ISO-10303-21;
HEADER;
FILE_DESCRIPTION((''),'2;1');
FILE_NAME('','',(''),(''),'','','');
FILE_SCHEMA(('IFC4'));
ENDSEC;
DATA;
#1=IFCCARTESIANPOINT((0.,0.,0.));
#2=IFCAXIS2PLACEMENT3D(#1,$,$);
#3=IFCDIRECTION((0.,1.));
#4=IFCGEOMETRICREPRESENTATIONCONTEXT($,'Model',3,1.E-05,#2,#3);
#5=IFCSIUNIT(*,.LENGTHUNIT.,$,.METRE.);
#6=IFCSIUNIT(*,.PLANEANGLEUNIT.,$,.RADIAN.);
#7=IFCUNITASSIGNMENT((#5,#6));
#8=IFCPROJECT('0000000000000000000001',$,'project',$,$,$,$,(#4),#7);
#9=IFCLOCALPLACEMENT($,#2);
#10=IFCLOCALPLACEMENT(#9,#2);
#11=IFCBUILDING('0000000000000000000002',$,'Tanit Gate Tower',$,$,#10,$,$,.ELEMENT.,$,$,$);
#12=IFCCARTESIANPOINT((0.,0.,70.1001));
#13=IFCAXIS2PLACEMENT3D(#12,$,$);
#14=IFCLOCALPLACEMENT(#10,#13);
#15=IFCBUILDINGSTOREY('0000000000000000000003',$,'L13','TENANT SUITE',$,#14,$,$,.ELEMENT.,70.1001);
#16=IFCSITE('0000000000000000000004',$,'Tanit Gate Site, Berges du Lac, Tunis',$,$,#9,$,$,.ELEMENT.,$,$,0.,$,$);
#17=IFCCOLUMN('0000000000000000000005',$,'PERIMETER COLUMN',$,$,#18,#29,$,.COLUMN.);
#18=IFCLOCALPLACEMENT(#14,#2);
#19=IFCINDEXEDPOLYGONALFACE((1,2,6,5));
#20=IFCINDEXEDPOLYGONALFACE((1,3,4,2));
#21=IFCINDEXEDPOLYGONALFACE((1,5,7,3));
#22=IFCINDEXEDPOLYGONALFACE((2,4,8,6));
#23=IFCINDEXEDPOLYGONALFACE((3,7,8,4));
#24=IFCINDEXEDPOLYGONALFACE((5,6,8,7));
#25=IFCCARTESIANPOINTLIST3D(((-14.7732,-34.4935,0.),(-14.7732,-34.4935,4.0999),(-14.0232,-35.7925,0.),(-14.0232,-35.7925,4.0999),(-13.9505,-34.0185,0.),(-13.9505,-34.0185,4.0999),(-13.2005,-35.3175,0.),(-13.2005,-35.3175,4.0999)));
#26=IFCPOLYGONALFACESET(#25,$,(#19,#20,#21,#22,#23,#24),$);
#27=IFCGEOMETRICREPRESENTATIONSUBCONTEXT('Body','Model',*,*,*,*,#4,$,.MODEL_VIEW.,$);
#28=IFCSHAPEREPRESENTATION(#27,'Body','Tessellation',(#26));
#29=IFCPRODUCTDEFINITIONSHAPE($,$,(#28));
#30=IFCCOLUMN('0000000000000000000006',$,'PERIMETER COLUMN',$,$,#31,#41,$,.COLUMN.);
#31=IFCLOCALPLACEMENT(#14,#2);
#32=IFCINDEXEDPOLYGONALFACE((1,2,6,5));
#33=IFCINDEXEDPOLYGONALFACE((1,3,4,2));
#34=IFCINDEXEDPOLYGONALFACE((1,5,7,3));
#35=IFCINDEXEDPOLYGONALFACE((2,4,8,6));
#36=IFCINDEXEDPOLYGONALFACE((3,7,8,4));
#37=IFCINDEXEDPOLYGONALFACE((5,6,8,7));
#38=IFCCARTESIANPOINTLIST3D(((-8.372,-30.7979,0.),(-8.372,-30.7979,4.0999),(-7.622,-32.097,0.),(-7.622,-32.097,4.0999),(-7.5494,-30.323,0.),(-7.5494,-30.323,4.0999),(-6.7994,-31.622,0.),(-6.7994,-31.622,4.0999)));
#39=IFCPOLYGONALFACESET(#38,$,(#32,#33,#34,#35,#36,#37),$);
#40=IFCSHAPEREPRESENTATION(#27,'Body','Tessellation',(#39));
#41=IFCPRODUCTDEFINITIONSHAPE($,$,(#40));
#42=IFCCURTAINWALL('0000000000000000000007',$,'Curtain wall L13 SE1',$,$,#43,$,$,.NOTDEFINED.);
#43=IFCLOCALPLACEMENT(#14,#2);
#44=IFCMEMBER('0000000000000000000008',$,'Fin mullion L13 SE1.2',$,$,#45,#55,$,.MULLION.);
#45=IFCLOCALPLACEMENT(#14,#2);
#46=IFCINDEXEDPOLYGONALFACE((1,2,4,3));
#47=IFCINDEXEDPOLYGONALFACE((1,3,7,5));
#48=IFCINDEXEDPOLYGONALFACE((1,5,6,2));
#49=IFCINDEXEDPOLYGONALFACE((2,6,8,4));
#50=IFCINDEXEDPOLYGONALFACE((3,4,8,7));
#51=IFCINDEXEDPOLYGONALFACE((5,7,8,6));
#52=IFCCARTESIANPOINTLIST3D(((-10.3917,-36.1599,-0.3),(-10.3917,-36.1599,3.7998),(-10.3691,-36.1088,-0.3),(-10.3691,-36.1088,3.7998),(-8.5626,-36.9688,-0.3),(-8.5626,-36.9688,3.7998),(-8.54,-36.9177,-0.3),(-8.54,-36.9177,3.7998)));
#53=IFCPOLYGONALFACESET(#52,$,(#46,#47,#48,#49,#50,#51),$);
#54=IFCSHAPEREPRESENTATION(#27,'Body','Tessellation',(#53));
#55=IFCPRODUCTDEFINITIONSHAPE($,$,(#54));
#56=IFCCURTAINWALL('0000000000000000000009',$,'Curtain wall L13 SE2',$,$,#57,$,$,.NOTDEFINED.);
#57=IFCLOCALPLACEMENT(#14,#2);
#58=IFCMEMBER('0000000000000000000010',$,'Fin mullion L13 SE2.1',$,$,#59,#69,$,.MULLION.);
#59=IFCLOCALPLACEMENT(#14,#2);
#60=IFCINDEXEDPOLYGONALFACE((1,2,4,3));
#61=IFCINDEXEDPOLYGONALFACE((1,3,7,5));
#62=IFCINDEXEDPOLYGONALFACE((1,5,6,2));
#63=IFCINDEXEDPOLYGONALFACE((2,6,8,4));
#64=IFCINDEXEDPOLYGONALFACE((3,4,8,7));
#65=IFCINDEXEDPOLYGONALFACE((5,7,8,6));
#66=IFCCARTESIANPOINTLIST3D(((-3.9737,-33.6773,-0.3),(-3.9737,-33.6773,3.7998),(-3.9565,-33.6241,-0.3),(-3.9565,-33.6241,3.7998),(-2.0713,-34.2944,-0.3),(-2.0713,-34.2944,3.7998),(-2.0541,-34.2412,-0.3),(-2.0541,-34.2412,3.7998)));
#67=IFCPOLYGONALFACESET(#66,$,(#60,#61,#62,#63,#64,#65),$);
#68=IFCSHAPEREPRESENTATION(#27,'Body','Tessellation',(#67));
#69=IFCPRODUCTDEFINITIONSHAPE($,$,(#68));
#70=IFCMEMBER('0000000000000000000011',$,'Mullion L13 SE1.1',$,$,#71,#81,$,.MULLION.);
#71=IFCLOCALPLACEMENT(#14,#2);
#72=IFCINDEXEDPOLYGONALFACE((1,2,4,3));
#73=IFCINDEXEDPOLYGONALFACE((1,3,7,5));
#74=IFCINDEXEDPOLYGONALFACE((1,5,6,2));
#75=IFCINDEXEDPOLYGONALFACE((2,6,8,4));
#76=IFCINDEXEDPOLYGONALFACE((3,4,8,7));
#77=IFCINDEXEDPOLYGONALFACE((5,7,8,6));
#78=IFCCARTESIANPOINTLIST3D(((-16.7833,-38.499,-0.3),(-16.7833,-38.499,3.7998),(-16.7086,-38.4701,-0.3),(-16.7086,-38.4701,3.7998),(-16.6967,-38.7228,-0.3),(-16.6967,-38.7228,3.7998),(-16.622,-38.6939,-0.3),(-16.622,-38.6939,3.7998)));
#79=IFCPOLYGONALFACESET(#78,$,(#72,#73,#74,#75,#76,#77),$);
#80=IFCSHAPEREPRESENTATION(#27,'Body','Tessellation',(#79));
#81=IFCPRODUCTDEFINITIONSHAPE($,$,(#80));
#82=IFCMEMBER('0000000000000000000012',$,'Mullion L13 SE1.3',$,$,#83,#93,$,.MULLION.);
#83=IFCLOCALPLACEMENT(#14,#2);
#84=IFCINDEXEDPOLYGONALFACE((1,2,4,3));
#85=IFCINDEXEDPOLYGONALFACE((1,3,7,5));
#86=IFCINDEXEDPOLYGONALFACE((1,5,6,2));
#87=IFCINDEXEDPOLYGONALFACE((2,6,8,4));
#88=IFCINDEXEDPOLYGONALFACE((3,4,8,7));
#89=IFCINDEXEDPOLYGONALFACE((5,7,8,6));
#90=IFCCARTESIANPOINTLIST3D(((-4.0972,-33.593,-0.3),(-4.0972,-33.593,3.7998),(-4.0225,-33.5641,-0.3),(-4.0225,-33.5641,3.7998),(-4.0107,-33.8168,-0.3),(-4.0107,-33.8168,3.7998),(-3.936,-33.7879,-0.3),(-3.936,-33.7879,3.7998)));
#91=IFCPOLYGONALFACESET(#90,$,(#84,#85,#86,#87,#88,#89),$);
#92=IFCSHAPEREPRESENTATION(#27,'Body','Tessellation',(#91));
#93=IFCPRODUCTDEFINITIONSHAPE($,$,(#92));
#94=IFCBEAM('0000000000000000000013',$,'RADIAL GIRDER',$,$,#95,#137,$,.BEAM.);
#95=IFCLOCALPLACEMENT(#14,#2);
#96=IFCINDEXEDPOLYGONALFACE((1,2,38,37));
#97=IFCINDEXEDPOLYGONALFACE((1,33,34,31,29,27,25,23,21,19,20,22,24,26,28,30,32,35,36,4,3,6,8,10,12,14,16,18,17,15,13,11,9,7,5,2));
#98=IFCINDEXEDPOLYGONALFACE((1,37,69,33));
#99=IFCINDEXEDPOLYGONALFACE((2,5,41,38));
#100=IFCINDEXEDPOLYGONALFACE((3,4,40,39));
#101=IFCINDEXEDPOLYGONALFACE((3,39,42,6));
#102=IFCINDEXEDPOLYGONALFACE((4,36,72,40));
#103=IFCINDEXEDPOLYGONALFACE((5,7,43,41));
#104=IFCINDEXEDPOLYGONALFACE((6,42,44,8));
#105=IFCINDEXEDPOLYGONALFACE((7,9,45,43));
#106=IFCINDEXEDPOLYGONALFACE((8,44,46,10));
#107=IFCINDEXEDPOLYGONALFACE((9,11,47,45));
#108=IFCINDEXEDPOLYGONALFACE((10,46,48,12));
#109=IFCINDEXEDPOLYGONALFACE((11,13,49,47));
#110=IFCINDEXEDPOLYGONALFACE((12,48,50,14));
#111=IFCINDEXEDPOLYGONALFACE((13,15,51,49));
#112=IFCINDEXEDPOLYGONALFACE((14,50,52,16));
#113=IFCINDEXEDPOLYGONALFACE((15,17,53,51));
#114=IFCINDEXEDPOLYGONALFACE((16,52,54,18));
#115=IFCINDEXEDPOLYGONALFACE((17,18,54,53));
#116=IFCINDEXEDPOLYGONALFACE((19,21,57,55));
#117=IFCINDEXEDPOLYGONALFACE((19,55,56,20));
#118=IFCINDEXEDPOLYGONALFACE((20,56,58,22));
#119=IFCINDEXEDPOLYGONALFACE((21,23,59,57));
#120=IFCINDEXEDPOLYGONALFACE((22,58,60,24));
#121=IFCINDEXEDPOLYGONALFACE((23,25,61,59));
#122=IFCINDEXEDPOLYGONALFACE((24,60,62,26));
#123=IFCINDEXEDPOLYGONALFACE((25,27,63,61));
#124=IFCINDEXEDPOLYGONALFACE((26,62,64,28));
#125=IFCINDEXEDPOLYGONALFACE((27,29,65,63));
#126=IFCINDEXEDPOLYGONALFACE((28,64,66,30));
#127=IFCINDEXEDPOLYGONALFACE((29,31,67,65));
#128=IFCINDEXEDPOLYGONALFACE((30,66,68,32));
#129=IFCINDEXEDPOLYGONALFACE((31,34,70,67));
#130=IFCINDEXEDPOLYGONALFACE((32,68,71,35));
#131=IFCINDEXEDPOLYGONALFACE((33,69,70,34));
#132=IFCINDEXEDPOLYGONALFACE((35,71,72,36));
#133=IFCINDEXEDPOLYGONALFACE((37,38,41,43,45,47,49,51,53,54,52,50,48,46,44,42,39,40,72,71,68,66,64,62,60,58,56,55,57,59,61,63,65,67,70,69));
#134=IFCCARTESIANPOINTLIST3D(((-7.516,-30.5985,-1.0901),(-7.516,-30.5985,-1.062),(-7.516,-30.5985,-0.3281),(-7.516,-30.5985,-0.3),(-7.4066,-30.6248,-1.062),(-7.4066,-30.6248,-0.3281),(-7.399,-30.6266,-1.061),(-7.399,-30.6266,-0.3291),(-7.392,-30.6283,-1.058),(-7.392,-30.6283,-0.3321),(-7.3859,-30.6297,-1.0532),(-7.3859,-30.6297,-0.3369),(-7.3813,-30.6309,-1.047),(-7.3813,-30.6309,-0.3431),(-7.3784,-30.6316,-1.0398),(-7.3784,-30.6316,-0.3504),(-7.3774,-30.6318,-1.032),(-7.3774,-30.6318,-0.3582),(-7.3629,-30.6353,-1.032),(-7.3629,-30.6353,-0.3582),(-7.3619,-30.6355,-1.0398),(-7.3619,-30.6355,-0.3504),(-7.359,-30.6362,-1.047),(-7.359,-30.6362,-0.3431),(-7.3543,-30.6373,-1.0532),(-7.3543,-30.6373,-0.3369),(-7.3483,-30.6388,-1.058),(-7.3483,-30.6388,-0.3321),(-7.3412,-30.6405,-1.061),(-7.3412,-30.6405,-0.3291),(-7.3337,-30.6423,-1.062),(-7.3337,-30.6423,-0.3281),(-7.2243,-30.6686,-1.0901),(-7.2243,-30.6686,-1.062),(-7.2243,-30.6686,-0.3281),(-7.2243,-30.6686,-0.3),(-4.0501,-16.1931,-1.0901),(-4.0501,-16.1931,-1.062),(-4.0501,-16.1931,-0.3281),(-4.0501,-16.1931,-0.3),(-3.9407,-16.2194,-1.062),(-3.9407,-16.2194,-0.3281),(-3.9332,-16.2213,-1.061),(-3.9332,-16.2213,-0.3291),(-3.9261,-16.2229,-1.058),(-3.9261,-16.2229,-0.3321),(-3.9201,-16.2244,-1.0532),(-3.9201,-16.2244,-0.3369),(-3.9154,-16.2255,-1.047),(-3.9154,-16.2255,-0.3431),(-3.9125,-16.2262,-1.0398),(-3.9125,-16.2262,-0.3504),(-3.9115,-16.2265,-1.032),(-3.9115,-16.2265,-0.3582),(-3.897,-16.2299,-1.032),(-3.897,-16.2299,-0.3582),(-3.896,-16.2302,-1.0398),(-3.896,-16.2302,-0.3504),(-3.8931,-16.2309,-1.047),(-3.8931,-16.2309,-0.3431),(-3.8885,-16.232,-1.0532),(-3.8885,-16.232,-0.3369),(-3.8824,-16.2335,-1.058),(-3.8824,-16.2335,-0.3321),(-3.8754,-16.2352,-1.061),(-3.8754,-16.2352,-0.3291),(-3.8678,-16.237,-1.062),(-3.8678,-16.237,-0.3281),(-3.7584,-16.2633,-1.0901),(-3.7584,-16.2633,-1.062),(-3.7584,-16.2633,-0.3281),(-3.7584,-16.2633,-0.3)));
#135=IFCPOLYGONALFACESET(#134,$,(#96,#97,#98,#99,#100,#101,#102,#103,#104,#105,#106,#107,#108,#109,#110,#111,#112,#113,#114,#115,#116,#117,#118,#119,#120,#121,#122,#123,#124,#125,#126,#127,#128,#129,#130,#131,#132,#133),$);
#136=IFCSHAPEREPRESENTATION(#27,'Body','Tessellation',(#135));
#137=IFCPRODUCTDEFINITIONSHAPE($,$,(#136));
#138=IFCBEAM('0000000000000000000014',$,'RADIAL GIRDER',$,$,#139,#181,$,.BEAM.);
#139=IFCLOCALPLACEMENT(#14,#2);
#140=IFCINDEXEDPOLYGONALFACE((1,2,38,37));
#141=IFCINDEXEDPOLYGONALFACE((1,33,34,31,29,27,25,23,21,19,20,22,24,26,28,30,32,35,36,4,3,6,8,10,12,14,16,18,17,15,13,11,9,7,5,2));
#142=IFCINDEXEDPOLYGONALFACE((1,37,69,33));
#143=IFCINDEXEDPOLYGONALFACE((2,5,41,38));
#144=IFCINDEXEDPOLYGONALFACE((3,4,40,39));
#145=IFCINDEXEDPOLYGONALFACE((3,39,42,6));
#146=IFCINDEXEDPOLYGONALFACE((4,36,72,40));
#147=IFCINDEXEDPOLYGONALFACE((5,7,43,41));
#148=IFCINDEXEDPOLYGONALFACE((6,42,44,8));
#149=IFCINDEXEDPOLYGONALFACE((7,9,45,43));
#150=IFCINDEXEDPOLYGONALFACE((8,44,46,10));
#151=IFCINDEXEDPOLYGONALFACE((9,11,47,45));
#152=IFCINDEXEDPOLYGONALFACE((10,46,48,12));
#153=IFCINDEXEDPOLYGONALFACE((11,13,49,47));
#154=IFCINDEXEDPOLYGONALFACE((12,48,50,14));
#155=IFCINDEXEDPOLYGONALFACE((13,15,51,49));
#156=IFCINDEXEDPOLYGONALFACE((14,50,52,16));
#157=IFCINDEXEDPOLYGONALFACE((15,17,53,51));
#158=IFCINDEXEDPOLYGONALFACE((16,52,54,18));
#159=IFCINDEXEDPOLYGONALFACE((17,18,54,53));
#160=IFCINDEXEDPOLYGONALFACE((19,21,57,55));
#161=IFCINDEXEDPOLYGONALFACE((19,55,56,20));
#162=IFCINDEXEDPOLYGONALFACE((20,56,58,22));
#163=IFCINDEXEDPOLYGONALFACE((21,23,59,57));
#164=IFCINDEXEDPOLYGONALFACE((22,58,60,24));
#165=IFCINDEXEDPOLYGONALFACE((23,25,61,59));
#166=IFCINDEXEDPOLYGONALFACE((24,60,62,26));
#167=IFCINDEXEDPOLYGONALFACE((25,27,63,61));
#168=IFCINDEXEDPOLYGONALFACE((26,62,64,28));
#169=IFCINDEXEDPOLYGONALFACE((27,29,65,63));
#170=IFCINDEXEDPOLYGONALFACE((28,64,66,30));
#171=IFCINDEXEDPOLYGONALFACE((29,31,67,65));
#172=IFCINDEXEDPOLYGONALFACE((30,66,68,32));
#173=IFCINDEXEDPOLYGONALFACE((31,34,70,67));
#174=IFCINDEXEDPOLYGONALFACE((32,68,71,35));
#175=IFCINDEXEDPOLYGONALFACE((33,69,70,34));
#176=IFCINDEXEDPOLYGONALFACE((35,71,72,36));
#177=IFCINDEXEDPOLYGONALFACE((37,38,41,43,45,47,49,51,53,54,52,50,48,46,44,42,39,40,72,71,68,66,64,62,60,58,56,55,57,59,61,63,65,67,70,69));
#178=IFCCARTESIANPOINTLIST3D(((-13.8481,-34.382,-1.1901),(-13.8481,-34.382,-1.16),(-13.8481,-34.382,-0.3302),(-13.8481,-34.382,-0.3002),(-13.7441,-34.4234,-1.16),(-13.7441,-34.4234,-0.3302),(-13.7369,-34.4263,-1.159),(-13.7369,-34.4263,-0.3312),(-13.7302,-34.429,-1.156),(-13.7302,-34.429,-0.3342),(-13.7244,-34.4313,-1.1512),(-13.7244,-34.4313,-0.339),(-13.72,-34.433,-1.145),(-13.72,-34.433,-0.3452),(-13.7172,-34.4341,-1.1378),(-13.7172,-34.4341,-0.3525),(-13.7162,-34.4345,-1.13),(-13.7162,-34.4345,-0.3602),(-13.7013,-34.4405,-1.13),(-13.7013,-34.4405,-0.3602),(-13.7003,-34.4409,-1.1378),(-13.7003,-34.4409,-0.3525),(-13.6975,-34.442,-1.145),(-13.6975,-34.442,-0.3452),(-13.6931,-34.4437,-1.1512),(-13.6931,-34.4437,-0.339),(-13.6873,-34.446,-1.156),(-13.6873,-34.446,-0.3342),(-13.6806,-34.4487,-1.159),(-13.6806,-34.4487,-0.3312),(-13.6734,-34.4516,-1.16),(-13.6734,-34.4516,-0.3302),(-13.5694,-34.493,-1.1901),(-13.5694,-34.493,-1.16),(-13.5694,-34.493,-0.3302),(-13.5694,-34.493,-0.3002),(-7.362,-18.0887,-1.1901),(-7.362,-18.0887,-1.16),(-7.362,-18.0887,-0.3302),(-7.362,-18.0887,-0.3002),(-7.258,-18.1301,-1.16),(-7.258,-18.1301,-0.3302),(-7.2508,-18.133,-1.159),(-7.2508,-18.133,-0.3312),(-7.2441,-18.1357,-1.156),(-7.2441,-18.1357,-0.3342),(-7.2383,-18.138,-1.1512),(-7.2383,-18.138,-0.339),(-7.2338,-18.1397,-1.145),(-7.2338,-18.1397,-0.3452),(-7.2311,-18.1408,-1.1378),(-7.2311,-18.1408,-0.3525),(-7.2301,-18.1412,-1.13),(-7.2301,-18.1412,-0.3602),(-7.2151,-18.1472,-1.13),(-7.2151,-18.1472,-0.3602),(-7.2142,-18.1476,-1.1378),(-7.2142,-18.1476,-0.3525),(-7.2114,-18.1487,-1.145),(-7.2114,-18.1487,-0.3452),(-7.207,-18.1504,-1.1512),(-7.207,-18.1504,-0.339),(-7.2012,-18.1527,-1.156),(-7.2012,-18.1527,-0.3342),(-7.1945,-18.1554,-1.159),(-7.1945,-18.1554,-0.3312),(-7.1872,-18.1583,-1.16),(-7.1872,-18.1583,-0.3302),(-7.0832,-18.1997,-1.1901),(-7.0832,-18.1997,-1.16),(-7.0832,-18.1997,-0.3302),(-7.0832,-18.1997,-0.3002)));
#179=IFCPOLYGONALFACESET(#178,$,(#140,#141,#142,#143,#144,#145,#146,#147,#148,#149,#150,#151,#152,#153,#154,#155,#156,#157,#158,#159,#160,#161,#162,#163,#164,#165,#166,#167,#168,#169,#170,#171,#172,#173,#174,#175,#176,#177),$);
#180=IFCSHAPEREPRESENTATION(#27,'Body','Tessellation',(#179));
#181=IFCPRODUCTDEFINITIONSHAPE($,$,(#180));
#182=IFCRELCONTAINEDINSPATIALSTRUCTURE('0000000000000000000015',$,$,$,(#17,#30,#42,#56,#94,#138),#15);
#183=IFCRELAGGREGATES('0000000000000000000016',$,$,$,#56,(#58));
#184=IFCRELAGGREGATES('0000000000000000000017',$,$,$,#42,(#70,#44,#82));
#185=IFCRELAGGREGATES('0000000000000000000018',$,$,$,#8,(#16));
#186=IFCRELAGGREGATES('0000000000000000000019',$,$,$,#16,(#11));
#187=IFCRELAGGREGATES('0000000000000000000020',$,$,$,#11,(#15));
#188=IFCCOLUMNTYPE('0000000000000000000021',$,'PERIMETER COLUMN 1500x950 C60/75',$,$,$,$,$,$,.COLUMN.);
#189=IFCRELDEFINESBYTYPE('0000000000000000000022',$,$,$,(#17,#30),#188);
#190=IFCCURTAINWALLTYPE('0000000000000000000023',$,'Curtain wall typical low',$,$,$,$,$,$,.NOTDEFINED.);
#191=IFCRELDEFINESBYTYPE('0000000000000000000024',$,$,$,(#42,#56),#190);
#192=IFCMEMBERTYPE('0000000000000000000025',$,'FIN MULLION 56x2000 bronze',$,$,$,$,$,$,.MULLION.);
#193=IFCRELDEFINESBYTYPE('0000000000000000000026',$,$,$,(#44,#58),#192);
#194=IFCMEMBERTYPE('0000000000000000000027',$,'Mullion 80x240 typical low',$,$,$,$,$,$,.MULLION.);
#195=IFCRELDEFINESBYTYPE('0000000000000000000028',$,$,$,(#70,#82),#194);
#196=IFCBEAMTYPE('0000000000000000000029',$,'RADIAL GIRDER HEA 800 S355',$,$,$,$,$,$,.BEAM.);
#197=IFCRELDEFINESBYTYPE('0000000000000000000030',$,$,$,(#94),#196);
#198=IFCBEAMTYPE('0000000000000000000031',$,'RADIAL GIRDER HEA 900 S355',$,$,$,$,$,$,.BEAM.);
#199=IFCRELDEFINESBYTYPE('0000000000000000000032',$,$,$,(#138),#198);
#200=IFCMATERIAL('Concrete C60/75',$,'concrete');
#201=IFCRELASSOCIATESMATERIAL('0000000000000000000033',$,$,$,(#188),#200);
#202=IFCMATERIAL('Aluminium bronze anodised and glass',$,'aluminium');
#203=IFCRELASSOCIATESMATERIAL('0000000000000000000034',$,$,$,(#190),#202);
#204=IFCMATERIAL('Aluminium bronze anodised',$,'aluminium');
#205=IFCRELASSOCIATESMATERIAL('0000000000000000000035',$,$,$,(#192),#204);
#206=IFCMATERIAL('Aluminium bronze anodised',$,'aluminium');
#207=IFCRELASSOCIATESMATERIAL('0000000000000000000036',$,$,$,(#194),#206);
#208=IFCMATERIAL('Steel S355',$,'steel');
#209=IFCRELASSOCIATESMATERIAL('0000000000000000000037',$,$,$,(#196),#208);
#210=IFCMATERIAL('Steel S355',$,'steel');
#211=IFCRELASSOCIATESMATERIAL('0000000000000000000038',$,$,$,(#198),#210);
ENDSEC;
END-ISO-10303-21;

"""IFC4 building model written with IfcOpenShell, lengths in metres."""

from ifc_helpers import new_model, si_unit, direction, frame, origin, origin_2d, place, context, subcontext, project, spatial, rectangle, i_section, extrude, material, material_profile, profile_set, type_object, element, aggregate, save


model = new_model("IFC4")

# Units and contexts
model_context = context("Model", 3, precision=1e-05, world=origin(), true_north=direction((0.0, 1.0)))
body_context = subcontext(model_context, "Body", "Model", "MODEL_VIEW")
ifc_project = project(units=[si_unit("LENGTHUNIT", "METRE"), si_unit("PLANEANGLEUNIT", "RADIAN")], contexts=[model_context])

# Site, building, storey
site_placement = place(None, origin())
site = spatial("IfcSite", under=ifc_project, at=site_placement, Name="Tanit Gate Site, Berges du Lac, Tunis", CompositionType="ELEMENT", RefElevation=0.0)
building_placement = place(site_placement, origin())
building = spatial("IfcBuilding", under=site, at=building_placement, Name="Tanit Gate Tower", CompositionType="ELEMENT")
storey_placement = place(building_placement, frame((0.0, 0.0, 70.1001)))
storey = spatial("IfcBuildingStorey", under=building, at=storey_placement, Name="L13", Description="TENANT SUITE", CompositionType="ELEMENT", Elevation=70.1001)

# Columns
ifc_material_1 = material(Name="Concrete C60/75", Category="concrete")
ifc_material_profile_1 = material_profile(ifc_material_1, rectangle(XDim=1.5, YDim=0.95, at=origin_2d()), Name="RC 1500x950")
ifc_profile_set_1 = profile_set([ifc_material_profile_1], Name="Concrete C60/75")
column_type = type_object("IfcColumnType", Name="PERIMETER COLUMN 1500x950 C60/75", PredefinedType="COLUMN", material=ifc_profile_set_1)
for number, where, z_axis, x_axis, name in (
    (1, (-13.9868, -34.9055, 0.0), (0.0, 0.0, 1.0), (0.5, -0.866025, 0.0), "PERIMETER COLUMN"),
    (2, (-7.5857, -31.21, 0.0), (0.0, 0.0, 1.0), (0.5, -0.866025, 0.0), "PERIMETER COLUMN"),
):
    element("IfcColumn", number, at=place(storey_placement, frame(where, z_axis=z_axis, x_axis=x_axis)), inside=storey, type_object=column_type, Name=name, PredefinedType="COLUMN", context=body_context, shape_type="SweptSolid", body=[
        extrude(rectangle(XDim=1.5, YDim=0.95, at=origin_2d()), origin(), (0.0, 0.0, 1.0), 4.0999),
    ])

# Curtain walls, members
ifc_material_2 = material(Name="Aluminium bronze anodised and glass", Category="aluminium")
curtain_wall_type = type_object("IfcCurtainWallType", Name="Curtain wall typical low", PredefinedType="NOTDEFINED", material=ifc_material_2)
curtain_wall_1_placement = place(storey_placement, origin())
curtain_wall_1 = element("IfcCurtainWall", 3, at=curtain_wall_1_placement, inside=storey, type_object=curtain_wall_type, Name="Curtain wall L13 SE1", PredefinedType="NOTDEFINED")
ifc_material_3 = material(Name="Aluminium bronze anodised", Category="aluminium")
ifc_material_profile_2 = material_profile(ifc_material_3, rectangle(XDim=2.0, YDim=0.0559, at=origin_2d()), Name="56x2000 bronze fin mullion")
ifc_profile_set_2 = profile_set([ifc_material_profile_2], Name="Aluminium bronze anodised")
member_type_1 = type_object("IfcMemberType", Name="FIN MULLION 56x2000 bronze", PredefinedType="MULLION", material=ifc_profile_set_2)
member_1_placement = place(storey_placement, frame((-9.4658, -36.5388, -0.3), z_axis=(0.0, 0.0, 1.0), x_axis=(-0.91456, 0.404449, 0.0)))
member_1 = element("IfcMember", 4, at=member_1_placement, type_object=member_type_1, Name="Fin mullion L13 SE1.2", PredefinedType="MULLION", context=body_context, shape_type="SweptSolid", body=[
    extrude(rectangle(XDim=2.0, YDim=0.0559, at=origin_2d()), origin(), (0.0, 0.0, 1.0), 4.0999),
])
curtain_wall_2_placement = place(storey_placement, origin())
curtain_wall_2 = element("IfcCurtainWall", 5, at=curtain_wall_2_placement, inside=storey, type_object=curtain_wall_type, Name="Curtain wall L13 SE2", PredefinedType="NOTDEFINED")
member_2_placement = place(storey_placement, frame((-3.0139, -33.9592, -0.3), z_axis=(0.0, 0.0, 1.0), x_axis=(-0.951202, 0.308568, 0.0)))
member_2 = element("IfcMember", 6, at=member_2_placement, type_object=member_type_1, Name="Fin mullion L13 SE2.1", PredefinedType="MULLION", context=body_context, shape_type="SweptSolid", body=[
    extrude(rectangle(XDim=2.0, YDim=0.0559, at=origin_2d()), origin(), (0.0, 0.0, 1.0), 4.0999),
])

# Members
ifc_material_4 = material(Name="Aluminium bronze anodised", Category="aluminium")
ifc_material_profile_3 = material_profile(ifc_material_4, rectangle(XDim=0.24, YDim=0.0801, at=origin_2d()), Name="80x240 bronze mullion")
ifc_profile_set_3 = profile_set([ifc_material_profile_3], Name="Aluminium bronze anodised")
member_type_2 = type_object("IfcMemberType", Name="Mullion 80x240 typical low", PredefinedType="MULLION", material=ifc_profile_set_3)
member_3_placement = place(storey_placement, frame((-16.7026, -38.5964, -0.3), z_axis=(0.0, 0.0, 1.0), x_axis=(-0.360703, 0.932681, 0.0)))
member_3 = element("IfcMember", 7, at=member_3_placement, type_object=member_type_2, Name="Mullion L13 SE1.1", PredefinedType="MULLION", context=body_context, shape_type="SweptSolid", body=[
    extrude(rectangle(XDim=0.24, YDim=0.0801, at=origin_2d()), origin(), (0.0, 0.0, 1.0), 4.0999),
])
member_4_placement = place(storey_placement, frame((-4.0166, -33.6904, -0.3), z_axis=(0.0, 0.0, 1.0), x_axis=(-0.360703, 0.932681, 0.0)))
member_4 = element("IfcMember", 8, at=member_4_placement, type_object=member_type_2, Name="Mullion L13 SE1.3", PredefinedType="MULLION", context=body_context, shape_type="SweptSolid", body=[
    extrude(rectangle(XDim=0.24, YDim=0.0801, at=origin_2d()), origin(), (0.0, 0.0, 1.0), 4.0999),
])

# Beams
ifc_material_5 = material(Name="Steel S355", Category="steel")
ifc_material_profile_4 = material_profile(ifc_material_5, i_section(OverallWidth=0.3, OverallDepth=0.79, WebThickness=0.0149, FlangeThickness=0.0281, FilletRadius=0.03, at=origin_2d()), Name="HEA 800")
ifc_profile_set_4 = profile_set([ifc_material_profile_4], Name="Steel S355")
beam_type_1 = type_object("IfcBeamType", Name="RADIAL GIRDER HEA 800 S355", PredefinedType="BEAM", material=ifc_profile_set_4)
beam_1_placement = place(storey_placement, frame((-7.3701, -30.6335, -0.6951), z_axis=(0.233919, 0.972256, 0.0), x_axis=(-0.972256, 0.233919, 0.0)))
element("IfcBeam", 9, at=beam_1_placement, inside=storey, type_object=beam_type_1, Name="RADIAL GIRDER", PredefinedType="BEAM", context=body_context, shape_type="SweptSolid", body=[
    extrude(i_section(OverallWidth=0.3, OverallDepth=0.79, WebThickness=0.0149, FlangeThickness=0.0281, FilletRadius=0.03, at=origin_2d()), origin(), (0.0, 0.0, 1.0), 14.8164),
])
ifc_material_6 = material(Name="Steel S355", Category="steel")
ifc_material_profile_5 = material_profile(ifc_material_6, i_section(OverallWidth=0.3, OverallDepth=0.8899, WebThickness=0.0161, FlangeThickness=0.03, FilletRadius=0.03, at=origin_2d()), Name="HEA 900")
ifc_profile_set_5 = profile_set([ifc_material_profile_5], Name="Steel S355")
beam_type_2 = type_object("IfcBeamType", Name="RADIAL GIRDER HEA 900 S355", PredefinedType="BEAM", material=ifc_profile_set_5)
beam_2_placement = place(storey_placement, frame((-13.7087, -34.4375, -0.7451), z_axis=(0.369856, 0.929089, 0.0), x_axis=(-0.929089, 0.369856, 0.0)))
element("IfcBeam", 10, at=beam_2_placement, inside=storey, type_object=beam_type_2, Name="RADIAL GIRDER", PredefinedType="BEAM", context=body_context, shape_type="SweptSolid", body=[
    extrude(i_section(OverallWidth=0.3, OverallDepth=0.8899, WebThickness=0.0161, FlangeThickness=0.03, FilletRadius=0.03, at=origin_2d()), origin(), (0.0, 0.0, 1.0), 17.5369),
])

aggregate(curtain_wall_2, [member_2])

aggregate(curtain_wall_1, [member_3, member_1, member_4])

save(model, "model.ifc")
